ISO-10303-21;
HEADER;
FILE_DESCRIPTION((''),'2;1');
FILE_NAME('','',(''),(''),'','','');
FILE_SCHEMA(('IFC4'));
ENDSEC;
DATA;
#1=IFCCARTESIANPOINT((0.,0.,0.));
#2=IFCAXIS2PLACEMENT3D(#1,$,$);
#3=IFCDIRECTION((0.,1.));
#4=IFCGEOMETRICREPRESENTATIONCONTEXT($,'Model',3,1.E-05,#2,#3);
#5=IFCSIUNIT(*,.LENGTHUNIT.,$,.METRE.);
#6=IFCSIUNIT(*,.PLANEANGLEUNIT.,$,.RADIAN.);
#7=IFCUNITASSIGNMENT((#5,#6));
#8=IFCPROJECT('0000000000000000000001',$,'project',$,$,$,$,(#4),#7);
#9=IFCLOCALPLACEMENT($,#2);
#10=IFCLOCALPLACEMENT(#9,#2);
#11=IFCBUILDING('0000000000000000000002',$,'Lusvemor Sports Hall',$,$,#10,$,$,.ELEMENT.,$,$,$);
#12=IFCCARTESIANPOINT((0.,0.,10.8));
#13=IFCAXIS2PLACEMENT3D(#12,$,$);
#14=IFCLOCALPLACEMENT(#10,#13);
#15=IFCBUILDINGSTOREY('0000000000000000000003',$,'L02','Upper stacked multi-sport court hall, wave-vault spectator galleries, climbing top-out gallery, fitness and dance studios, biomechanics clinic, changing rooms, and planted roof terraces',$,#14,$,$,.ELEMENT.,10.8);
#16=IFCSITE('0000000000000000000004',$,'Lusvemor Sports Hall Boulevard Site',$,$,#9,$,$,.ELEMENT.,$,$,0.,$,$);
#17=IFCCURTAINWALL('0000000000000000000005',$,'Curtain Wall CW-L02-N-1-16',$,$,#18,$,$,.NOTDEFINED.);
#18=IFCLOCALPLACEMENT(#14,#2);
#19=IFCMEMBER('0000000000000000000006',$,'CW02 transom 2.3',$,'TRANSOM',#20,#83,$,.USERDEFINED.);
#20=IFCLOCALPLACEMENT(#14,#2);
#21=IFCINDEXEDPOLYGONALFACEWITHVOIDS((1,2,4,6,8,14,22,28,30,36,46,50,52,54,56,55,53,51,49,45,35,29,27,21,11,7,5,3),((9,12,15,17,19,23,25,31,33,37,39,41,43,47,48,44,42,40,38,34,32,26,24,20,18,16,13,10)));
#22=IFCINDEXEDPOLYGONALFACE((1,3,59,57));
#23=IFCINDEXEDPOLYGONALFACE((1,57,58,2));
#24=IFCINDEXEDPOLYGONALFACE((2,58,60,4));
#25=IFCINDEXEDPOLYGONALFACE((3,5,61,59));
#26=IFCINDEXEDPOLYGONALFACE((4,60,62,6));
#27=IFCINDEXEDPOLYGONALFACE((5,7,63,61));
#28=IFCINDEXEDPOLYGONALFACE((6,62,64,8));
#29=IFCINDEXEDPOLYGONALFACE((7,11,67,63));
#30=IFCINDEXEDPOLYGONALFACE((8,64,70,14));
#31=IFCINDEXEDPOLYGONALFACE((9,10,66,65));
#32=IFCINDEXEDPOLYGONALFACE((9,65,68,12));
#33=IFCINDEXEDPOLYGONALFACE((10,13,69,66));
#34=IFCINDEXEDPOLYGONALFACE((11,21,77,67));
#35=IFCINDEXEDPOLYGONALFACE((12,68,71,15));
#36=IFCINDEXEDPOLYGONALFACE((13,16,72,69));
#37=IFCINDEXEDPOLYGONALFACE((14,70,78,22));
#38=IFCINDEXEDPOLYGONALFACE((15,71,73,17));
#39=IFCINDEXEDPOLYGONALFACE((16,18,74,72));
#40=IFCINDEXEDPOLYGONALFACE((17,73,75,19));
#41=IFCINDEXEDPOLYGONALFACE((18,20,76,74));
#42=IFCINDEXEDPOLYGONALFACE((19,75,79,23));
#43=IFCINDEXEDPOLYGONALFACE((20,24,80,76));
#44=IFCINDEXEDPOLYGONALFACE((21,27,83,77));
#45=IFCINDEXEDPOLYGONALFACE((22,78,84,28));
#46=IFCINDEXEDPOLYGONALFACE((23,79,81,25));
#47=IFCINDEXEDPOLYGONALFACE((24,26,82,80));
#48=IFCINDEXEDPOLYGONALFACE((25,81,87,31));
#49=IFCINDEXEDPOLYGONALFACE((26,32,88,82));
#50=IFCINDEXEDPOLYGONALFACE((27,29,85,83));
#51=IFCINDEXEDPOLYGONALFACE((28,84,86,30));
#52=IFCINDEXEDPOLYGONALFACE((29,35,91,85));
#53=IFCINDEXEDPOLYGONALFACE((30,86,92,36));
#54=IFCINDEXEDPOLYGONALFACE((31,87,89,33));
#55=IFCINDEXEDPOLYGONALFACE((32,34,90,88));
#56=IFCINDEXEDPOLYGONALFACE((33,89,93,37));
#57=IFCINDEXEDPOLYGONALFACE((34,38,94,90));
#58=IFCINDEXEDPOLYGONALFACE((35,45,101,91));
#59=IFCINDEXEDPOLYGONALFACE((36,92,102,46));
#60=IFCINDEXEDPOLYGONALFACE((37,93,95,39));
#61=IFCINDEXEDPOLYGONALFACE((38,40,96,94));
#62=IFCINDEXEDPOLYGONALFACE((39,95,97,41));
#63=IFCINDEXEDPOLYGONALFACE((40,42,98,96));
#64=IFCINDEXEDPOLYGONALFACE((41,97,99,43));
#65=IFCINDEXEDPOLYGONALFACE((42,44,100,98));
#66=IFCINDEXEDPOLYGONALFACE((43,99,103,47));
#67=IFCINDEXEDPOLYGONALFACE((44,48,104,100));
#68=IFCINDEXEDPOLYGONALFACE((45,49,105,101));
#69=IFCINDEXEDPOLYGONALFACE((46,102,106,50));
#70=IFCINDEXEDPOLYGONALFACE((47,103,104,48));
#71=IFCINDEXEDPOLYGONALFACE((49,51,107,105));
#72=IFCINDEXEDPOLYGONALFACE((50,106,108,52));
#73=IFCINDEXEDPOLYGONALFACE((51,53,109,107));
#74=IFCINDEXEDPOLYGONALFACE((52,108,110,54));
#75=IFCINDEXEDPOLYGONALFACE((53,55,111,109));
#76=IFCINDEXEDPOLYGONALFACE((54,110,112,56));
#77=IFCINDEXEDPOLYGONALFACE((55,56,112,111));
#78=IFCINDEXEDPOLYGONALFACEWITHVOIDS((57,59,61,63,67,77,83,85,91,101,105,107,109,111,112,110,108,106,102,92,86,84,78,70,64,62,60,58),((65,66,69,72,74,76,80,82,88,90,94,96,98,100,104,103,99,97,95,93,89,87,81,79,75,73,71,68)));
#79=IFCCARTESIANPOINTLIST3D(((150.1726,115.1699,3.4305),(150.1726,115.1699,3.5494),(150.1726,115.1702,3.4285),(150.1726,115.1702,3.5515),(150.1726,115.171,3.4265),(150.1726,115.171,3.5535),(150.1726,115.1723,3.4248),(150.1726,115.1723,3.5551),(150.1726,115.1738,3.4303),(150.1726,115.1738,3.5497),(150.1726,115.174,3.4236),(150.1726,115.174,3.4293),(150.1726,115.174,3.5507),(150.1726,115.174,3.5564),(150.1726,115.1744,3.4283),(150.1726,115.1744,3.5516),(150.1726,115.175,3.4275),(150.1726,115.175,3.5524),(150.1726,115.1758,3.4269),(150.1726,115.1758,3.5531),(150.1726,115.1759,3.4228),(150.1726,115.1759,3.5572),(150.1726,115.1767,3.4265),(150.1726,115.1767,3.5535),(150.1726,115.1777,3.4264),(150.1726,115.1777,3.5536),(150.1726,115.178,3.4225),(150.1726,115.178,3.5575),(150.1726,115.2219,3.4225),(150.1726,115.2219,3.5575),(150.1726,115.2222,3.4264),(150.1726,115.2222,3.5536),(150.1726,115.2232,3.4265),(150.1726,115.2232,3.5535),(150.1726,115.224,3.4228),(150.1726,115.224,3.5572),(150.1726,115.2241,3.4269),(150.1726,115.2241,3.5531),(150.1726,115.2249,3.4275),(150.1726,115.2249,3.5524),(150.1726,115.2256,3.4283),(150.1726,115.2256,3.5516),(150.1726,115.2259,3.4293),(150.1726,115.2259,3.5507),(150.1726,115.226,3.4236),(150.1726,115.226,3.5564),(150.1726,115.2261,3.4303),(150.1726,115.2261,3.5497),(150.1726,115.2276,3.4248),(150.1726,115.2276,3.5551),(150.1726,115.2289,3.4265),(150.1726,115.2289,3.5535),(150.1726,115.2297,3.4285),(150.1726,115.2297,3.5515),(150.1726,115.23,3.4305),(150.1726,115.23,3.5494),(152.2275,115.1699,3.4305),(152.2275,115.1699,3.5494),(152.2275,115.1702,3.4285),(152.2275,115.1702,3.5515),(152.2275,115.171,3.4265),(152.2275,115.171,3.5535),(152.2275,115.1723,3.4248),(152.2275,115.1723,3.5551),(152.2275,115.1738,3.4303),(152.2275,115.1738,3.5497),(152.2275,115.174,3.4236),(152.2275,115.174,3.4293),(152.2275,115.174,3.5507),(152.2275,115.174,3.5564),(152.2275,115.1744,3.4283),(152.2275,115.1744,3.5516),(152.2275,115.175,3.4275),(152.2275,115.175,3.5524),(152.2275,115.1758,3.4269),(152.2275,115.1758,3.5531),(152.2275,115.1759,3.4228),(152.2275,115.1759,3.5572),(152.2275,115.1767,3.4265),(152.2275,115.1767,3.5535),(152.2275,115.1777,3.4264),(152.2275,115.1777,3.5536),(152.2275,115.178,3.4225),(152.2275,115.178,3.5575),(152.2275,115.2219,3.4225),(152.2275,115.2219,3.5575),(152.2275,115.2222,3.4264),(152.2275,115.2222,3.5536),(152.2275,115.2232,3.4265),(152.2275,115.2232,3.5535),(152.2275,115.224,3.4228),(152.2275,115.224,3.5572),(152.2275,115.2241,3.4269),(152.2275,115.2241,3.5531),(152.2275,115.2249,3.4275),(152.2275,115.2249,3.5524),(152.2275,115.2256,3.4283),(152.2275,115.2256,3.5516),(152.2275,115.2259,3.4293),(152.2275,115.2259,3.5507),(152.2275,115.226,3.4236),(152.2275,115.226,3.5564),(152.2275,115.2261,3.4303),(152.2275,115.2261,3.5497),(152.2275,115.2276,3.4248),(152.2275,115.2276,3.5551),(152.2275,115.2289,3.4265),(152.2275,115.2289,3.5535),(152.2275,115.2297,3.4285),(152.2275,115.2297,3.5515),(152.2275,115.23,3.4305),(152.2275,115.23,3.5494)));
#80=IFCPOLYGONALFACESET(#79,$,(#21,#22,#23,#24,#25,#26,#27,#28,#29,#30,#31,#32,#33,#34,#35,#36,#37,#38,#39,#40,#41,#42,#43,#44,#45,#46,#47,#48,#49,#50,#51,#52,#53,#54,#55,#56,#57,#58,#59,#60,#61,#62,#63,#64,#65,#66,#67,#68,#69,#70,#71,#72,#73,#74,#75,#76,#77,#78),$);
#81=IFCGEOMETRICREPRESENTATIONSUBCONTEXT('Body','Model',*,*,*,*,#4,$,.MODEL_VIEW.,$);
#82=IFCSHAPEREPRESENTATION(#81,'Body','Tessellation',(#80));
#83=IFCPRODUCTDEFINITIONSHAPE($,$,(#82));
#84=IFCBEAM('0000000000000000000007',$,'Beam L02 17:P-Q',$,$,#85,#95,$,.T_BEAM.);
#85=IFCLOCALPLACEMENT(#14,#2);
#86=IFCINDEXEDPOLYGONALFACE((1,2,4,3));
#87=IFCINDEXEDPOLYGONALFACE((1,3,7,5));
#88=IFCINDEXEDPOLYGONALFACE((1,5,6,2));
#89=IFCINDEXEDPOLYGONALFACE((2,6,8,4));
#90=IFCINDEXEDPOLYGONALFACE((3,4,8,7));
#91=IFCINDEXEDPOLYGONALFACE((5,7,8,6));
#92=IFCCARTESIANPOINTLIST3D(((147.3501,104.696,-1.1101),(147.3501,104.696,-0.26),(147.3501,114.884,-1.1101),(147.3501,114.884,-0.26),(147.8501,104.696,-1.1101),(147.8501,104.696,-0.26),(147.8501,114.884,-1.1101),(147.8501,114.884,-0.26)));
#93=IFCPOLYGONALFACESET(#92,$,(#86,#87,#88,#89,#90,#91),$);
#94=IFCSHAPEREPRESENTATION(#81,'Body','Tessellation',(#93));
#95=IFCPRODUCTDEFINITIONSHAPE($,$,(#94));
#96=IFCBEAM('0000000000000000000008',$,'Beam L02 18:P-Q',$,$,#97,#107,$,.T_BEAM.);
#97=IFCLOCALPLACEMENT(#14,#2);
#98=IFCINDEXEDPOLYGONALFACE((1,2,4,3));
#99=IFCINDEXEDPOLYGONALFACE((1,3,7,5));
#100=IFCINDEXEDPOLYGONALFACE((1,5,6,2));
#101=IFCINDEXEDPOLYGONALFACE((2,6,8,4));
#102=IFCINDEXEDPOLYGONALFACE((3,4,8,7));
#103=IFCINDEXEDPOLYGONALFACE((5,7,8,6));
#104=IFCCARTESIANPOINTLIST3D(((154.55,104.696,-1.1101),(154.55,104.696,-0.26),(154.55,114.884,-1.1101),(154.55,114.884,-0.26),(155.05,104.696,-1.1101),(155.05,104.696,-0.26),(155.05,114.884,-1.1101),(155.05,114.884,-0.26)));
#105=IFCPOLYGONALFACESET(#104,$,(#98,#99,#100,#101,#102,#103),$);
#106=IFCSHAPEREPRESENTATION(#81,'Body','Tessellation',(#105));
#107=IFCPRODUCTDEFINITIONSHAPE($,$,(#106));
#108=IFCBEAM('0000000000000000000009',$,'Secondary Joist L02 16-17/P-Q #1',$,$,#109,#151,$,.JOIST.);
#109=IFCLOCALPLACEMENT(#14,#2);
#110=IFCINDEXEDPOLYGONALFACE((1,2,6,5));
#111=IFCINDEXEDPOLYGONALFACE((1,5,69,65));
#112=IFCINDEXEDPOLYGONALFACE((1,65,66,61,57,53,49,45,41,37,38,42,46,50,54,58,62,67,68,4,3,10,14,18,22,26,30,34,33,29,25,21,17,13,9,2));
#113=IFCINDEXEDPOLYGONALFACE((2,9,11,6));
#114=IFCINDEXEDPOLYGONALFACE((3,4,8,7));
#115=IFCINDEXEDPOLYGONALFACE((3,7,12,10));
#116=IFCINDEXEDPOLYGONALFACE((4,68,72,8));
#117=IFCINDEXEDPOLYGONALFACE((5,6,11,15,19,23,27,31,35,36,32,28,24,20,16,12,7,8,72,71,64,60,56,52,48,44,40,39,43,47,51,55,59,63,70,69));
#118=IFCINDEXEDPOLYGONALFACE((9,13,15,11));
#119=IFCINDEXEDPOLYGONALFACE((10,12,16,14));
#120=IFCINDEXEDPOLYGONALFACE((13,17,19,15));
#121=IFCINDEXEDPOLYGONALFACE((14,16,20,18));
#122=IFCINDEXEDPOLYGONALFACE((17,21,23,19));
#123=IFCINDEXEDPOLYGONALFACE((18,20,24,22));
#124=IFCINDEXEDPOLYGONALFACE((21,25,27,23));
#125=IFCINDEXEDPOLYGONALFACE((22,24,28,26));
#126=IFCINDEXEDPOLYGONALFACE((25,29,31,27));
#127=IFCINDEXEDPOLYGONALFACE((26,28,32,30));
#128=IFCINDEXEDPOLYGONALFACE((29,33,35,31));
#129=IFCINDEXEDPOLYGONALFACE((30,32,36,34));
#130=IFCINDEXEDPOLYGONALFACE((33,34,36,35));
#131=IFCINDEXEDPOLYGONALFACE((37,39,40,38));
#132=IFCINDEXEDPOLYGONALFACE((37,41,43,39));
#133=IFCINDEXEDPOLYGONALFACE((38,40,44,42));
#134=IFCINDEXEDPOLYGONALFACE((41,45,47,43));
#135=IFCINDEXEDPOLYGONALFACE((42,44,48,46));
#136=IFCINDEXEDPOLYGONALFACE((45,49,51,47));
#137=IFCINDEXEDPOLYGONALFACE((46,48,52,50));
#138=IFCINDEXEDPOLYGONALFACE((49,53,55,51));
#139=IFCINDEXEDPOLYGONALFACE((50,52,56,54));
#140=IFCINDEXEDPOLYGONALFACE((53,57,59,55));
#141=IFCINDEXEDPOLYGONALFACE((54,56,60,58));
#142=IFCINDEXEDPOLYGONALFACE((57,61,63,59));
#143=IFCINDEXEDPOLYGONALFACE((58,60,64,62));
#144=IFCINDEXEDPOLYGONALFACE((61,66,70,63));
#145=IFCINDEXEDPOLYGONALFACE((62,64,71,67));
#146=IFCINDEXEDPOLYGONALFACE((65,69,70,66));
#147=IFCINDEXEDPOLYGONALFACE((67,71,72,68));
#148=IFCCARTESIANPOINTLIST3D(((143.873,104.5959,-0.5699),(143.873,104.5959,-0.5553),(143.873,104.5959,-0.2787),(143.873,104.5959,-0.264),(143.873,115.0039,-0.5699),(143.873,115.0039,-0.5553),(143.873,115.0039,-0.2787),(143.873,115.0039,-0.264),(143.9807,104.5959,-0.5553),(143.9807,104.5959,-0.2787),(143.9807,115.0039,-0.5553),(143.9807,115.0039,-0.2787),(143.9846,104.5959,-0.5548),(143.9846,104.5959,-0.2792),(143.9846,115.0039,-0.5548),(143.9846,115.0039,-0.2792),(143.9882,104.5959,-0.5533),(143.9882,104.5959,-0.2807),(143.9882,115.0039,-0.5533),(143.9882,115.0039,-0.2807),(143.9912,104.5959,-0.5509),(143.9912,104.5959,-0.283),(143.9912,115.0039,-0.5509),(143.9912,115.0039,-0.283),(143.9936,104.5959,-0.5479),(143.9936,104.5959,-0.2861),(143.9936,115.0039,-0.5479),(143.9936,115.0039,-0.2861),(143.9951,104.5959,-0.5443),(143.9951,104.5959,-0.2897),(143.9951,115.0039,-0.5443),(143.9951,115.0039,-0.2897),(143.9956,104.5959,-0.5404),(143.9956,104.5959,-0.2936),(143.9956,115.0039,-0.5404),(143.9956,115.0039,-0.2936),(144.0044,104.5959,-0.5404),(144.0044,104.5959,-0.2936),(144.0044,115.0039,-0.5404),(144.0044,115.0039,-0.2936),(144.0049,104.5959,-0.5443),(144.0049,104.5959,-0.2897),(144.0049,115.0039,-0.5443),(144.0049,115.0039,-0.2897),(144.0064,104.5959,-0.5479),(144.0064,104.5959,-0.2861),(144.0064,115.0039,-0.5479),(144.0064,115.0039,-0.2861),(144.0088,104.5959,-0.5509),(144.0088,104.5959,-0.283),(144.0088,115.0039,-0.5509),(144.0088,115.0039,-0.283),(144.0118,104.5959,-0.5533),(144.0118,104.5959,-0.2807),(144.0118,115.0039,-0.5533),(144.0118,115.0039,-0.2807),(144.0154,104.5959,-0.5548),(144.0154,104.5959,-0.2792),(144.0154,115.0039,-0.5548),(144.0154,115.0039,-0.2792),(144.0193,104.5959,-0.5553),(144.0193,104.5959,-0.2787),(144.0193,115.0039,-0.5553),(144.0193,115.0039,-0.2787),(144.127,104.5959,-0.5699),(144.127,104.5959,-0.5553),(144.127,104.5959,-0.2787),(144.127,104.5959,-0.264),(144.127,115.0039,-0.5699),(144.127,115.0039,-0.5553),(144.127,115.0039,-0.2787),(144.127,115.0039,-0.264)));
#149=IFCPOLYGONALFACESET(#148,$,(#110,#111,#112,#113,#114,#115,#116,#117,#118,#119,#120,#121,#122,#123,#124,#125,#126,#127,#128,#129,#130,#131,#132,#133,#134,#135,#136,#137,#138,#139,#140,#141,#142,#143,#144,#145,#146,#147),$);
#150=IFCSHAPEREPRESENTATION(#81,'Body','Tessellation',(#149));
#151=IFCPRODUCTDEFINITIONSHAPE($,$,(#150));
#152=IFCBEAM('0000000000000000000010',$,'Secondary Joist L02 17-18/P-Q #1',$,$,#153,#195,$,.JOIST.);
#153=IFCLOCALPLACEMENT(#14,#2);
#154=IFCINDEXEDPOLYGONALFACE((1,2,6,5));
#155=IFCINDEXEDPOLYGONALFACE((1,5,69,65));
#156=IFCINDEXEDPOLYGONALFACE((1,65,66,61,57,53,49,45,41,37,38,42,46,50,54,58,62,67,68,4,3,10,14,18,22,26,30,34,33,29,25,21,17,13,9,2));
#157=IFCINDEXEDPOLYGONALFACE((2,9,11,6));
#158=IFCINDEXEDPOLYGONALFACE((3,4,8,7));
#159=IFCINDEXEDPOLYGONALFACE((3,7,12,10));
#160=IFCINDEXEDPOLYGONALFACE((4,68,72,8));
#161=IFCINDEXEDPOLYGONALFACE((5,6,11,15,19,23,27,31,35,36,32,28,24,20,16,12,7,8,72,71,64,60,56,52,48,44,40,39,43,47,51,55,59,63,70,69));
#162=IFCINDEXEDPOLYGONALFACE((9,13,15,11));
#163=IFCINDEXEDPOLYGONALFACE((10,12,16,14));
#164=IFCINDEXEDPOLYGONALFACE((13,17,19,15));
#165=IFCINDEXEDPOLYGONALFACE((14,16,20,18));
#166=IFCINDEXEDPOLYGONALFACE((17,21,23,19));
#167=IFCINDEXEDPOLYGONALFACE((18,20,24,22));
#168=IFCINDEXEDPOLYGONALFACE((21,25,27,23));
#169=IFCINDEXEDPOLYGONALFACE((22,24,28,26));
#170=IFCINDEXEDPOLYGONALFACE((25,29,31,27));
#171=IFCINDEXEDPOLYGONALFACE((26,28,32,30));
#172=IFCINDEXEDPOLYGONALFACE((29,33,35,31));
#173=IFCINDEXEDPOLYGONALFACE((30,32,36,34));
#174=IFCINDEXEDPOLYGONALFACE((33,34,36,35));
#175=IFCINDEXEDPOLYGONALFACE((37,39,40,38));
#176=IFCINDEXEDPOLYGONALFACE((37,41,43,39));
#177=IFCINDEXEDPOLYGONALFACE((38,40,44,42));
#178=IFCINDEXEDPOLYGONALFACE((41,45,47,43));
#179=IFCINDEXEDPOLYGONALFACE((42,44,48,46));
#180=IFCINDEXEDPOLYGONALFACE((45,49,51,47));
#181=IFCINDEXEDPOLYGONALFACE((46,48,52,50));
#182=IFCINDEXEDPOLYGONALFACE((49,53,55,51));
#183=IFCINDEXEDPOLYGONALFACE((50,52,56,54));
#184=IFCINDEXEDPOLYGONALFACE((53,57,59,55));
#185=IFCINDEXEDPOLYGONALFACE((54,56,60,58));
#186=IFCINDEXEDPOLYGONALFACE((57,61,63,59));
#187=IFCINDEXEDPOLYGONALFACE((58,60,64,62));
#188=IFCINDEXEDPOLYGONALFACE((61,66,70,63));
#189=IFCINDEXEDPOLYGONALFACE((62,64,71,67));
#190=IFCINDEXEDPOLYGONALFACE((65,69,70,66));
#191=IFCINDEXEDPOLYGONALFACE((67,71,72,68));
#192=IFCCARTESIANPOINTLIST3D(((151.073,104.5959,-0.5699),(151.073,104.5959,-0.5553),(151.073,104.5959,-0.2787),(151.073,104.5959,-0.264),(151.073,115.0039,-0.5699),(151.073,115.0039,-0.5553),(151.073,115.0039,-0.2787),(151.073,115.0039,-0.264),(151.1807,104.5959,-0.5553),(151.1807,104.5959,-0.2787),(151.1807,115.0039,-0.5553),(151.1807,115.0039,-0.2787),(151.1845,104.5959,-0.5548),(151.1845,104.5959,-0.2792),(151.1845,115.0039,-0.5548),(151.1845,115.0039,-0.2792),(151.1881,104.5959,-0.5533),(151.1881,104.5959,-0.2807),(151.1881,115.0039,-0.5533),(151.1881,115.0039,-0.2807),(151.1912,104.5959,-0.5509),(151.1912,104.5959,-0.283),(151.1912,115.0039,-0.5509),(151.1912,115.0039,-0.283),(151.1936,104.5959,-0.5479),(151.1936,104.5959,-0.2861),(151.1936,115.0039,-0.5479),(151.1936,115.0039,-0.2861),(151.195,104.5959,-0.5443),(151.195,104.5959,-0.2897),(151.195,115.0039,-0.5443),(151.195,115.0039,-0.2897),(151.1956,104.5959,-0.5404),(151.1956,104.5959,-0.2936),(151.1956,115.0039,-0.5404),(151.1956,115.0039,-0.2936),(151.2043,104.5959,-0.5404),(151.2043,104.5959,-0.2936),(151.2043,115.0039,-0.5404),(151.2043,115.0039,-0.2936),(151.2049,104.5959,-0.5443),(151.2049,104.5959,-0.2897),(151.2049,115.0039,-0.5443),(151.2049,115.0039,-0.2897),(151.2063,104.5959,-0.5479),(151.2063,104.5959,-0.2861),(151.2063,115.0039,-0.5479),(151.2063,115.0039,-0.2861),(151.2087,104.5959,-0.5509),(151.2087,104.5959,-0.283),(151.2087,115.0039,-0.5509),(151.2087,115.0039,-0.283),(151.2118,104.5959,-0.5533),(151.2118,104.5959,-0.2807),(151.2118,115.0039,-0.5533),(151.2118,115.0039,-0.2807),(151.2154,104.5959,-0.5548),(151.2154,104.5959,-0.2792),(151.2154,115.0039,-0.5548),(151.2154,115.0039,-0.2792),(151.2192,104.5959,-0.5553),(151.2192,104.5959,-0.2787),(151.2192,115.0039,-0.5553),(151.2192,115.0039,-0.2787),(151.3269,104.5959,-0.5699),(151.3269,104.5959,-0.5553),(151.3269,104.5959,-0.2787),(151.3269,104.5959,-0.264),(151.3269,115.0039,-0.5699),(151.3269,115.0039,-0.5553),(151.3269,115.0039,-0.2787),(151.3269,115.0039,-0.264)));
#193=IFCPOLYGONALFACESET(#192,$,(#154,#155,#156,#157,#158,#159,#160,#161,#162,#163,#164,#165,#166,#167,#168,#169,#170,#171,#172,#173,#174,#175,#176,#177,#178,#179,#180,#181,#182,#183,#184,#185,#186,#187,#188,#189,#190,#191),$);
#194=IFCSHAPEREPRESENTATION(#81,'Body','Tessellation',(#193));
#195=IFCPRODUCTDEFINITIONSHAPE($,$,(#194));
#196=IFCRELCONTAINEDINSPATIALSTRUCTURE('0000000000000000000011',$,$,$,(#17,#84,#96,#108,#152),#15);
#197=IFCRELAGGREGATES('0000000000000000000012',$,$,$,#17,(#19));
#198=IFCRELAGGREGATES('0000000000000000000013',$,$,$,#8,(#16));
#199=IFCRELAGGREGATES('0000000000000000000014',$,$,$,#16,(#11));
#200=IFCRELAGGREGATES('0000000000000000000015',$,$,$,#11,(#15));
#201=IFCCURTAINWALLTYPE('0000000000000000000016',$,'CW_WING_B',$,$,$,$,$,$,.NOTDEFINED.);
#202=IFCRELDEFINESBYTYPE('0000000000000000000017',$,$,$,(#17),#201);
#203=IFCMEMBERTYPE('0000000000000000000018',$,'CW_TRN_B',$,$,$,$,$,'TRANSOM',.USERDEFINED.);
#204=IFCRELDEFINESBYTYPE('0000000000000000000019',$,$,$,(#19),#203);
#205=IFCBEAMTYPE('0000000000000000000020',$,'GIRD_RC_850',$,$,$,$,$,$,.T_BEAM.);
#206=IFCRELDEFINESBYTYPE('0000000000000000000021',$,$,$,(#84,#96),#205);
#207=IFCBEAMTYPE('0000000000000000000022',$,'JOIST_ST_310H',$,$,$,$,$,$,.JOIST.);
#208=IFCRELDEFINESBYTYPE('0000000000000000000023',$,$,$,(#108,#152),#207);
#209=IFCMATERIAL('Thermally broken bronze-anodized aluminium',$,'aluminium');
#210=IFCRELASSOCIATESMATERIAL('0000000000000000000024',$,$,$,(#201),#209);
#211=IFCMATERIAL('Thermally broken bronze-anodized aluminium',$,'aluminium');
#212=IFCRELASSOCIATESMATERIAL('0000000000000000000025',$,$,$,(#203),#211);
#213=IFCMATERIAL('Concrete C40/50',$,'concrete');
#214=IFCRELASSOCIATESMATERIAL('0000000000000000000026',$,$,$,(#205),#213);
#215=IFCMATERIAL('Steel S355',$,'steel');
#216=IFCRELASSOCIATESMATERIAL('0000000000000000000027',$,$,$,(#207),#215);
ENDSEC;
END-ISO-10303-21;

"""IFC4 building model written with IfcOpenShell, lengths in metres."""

from ifc_helpers import new_model, si_unit, direction, frame, origin, origin_2d, place, context, subcontext, project, spatial, rectangle, hollow_rectangle, i_section, extrude, material, material_profile, profile_set, type_object, element, aggregate, save


model = new_model("IFC4")

# Units and contexts
model_context = context("Model", 3, precision=1e-05, world=origin(), true_north=direction((0.0, 1.0)))
body_context = subcontext(model_context, "Body", "Model", "MODEL_VIEW")
ifc_project = project(units=[si_unit("LENGTHUNIT", "METRE"), si_unit("PLANEANGLEUNIT", "RADIAN")], contexts=[model_context])

# Site, building, storey
site_placement = place(None, origin())
site = spatial("IfcSite", under=ifc_project, at=site_placement, Name="Lusvemor Sports Hall Boulevard Site", CompositionType="ELEMENT", RefElevation=0.0)
building_placement = place(site_placement, origin())
building = spatial("IfcBuilding", under=site, at=building_placement, Name="Lusvemor Sports Hall", CompositionType="ELEMENT")
storey_placement = place(building_placement, frame((0.0, 0.0, 10.8)))
storey = spatial("IfcBuildingStorey", under=building, at=storey_placement, Name="L02", Description="Upper stacked multi-sport court hall, wave-vault spectator galleries, climbing top-out gallery, fitness and dance studios, biomechanics clinic, changing rooms, and planted roof terraces", CompositionType="ELEMENT", Elevation=10.8)

# Curtain wall, member
ifc_material_1 = material(Name="Thermally broken bronze-anodized aluminium", Category="aluminium")
curtain_wall_type = type_object("IfcCurtainWallType", Name="CW_WING_B", PredefinedType="NOTDEFINED", material=ifc_material_1)
curtain_wall_placement = place(storey_placement, origin())
curtain_wall = element("IfcCurtainWall", 1, at=curtain_wall_placement, inside=storey, type_object=curtain_wall_type, Name="Curtain Wall CW-L02-N-1-16", PredefinedType="NOTDEFINED")
ifc_material_2 = material(Name="Thermally broken bronze-anodized aluminium", Category="aluminium")
ifc_material_profile_1 = material_profile(ifc_material_2, hollow_rectangle(XDim=0.0601, YDim=0.135, WallThickness=0.0039, InnerFilletRadius=0.0039, OuterFilletRadius=0.0081, at=origin_2d()), Name="CWTRN135x60x4")
ifc_profile_set_1 = profile_set([ifc_material_profile_1], Name="Thermally broken bronze-anodized aluminium")
member_type_1 = type_object("IfcMemberType", Name="CW_TRN_B", ElementType="TRANSOM", PredefinedType="USERDEFINED", material=ifc_profile_set_1)
member_1_placement = place(storey_placement, frame((150.1726, 115.2, 3.49), z_axis=(1.0, 0.0, 0.0), x_axis=(0.0, 1.0, 0.0)))
member_1 = element("IfcMember", 2, at=member_1_placement, type_object=member_type_1, Name="CW02 transom 2.3", ObjectType="TRANSOM", PredefinedType="USERDEFINED", context=body_context, shape_type="SweptSolid", body=[
    extrude(hollow_rectangle(XDim=0.0601, YDim=0.135, WallThickness=0.0039, InnerFilletRadius=0.0039, OuterFilletRadius=0.0081, at=origin_2d()), origin(), (0.0, 0.0, 1.0), 2.0549),
])

# Beams
ifc_material_3 = material(Name="Concrete C40/50", Category="concrete")
ifc_material_profile_2 = material_profile(ifc_material_3, rectangle(XDim=0.5, YDim=0.8501, at=origin_2d()), Name="RC500x850")
ifc_profile_set_2 = profile_set([ifc_material_profile_2], Name="Concrete C40/50")
beam_type_1 = type_object("IfcBeamType", Name="GIRD_RC_850", PredefinedType="T_BEAM", material=ifc_profile_set_2)
for number, where, z_axis, x_axis, name in (
    (3, (147.6001, 104.696, -0.6851), (0.0, 1.0, 0.0), (-1.0, 0.0, 0.0), "Beam L02 17:P-Q"),
    (4, (154.8, 104.696, -0.6851), (0.0, 1.0, 0.0), (-1.0, 0.0, 0.0), "Beam L02 18:P-Q"),
):
    element("IfcBeam", number, at=place(storey_placement, frame(where, z_axis=z_axis, x_axis=x_axis)), inside=storey, type_object=beam_type_1, Name=name, PredefinedType="T_BEAM", context=body_context, shape_type="SweptSolid", body=[
        extrude(rectangle(XDim=0.5, YDim=0.8501, at=origin_2d()), origin(), (0.0, 0.0, 1.0), 10.188),
    ])
ifc_material_4 = material(Name="Steel S355", Category="steel")
ifc_material_profile_3 = material_profile(ifc_material_4, i_section(OverallWidth=0.2539, OverallDepth=0.3059, WebThickness=0.0088, FlangeThickness=0.0146, FilletRadius=0.0149, at=origin_2d()), Name="W310x79.0")
ifc_profile_set_3 = profile_set([ifc_material_profile_3], Name="Steel S355")
beam_type_2 = type_object("IfcBeamType", Name="JOIST_ST_310H", PredefinedType="JOIST", material=ifc_profile_set_3)
for number, where, z_axis, x_axis, name in (
    (5, (144.0, 104.5959, -0.417), (0.0, 1.0, 0.0), (-1.0, 0.0, 0.0), "Secondary Joist L02 16-17/P-Q #1"),
    (6, (151.2, 104.5959, -0.417), (0.0, 1.0, 0.0), (-1.0, 0.0, 0.0), "Secondary Joist L02 17-18/P-Q #1"),
):
    element("IfcBeam", number, at=place(storey_placement, frame(where, z_axis=z_axis, x_axis=x_axis)), inside=storey, type_object=beam_type_2, Name=name, PredefinedType="JOIST", context=body_context, shape_type="SweptSolid", body=[
        extrude(i_section(OverallWidth=0.2539, OverallDepth=0.3059, WebThickness=0.0088, FlangeThickness=0.0146, FilletRadius=0.0149, at=origin_2d()), origin(), (0.0, 0.0, 1.0), 10.408),
    ])

aggregate(curtain_wall, [member_1])

save(model, "model.ifc")
